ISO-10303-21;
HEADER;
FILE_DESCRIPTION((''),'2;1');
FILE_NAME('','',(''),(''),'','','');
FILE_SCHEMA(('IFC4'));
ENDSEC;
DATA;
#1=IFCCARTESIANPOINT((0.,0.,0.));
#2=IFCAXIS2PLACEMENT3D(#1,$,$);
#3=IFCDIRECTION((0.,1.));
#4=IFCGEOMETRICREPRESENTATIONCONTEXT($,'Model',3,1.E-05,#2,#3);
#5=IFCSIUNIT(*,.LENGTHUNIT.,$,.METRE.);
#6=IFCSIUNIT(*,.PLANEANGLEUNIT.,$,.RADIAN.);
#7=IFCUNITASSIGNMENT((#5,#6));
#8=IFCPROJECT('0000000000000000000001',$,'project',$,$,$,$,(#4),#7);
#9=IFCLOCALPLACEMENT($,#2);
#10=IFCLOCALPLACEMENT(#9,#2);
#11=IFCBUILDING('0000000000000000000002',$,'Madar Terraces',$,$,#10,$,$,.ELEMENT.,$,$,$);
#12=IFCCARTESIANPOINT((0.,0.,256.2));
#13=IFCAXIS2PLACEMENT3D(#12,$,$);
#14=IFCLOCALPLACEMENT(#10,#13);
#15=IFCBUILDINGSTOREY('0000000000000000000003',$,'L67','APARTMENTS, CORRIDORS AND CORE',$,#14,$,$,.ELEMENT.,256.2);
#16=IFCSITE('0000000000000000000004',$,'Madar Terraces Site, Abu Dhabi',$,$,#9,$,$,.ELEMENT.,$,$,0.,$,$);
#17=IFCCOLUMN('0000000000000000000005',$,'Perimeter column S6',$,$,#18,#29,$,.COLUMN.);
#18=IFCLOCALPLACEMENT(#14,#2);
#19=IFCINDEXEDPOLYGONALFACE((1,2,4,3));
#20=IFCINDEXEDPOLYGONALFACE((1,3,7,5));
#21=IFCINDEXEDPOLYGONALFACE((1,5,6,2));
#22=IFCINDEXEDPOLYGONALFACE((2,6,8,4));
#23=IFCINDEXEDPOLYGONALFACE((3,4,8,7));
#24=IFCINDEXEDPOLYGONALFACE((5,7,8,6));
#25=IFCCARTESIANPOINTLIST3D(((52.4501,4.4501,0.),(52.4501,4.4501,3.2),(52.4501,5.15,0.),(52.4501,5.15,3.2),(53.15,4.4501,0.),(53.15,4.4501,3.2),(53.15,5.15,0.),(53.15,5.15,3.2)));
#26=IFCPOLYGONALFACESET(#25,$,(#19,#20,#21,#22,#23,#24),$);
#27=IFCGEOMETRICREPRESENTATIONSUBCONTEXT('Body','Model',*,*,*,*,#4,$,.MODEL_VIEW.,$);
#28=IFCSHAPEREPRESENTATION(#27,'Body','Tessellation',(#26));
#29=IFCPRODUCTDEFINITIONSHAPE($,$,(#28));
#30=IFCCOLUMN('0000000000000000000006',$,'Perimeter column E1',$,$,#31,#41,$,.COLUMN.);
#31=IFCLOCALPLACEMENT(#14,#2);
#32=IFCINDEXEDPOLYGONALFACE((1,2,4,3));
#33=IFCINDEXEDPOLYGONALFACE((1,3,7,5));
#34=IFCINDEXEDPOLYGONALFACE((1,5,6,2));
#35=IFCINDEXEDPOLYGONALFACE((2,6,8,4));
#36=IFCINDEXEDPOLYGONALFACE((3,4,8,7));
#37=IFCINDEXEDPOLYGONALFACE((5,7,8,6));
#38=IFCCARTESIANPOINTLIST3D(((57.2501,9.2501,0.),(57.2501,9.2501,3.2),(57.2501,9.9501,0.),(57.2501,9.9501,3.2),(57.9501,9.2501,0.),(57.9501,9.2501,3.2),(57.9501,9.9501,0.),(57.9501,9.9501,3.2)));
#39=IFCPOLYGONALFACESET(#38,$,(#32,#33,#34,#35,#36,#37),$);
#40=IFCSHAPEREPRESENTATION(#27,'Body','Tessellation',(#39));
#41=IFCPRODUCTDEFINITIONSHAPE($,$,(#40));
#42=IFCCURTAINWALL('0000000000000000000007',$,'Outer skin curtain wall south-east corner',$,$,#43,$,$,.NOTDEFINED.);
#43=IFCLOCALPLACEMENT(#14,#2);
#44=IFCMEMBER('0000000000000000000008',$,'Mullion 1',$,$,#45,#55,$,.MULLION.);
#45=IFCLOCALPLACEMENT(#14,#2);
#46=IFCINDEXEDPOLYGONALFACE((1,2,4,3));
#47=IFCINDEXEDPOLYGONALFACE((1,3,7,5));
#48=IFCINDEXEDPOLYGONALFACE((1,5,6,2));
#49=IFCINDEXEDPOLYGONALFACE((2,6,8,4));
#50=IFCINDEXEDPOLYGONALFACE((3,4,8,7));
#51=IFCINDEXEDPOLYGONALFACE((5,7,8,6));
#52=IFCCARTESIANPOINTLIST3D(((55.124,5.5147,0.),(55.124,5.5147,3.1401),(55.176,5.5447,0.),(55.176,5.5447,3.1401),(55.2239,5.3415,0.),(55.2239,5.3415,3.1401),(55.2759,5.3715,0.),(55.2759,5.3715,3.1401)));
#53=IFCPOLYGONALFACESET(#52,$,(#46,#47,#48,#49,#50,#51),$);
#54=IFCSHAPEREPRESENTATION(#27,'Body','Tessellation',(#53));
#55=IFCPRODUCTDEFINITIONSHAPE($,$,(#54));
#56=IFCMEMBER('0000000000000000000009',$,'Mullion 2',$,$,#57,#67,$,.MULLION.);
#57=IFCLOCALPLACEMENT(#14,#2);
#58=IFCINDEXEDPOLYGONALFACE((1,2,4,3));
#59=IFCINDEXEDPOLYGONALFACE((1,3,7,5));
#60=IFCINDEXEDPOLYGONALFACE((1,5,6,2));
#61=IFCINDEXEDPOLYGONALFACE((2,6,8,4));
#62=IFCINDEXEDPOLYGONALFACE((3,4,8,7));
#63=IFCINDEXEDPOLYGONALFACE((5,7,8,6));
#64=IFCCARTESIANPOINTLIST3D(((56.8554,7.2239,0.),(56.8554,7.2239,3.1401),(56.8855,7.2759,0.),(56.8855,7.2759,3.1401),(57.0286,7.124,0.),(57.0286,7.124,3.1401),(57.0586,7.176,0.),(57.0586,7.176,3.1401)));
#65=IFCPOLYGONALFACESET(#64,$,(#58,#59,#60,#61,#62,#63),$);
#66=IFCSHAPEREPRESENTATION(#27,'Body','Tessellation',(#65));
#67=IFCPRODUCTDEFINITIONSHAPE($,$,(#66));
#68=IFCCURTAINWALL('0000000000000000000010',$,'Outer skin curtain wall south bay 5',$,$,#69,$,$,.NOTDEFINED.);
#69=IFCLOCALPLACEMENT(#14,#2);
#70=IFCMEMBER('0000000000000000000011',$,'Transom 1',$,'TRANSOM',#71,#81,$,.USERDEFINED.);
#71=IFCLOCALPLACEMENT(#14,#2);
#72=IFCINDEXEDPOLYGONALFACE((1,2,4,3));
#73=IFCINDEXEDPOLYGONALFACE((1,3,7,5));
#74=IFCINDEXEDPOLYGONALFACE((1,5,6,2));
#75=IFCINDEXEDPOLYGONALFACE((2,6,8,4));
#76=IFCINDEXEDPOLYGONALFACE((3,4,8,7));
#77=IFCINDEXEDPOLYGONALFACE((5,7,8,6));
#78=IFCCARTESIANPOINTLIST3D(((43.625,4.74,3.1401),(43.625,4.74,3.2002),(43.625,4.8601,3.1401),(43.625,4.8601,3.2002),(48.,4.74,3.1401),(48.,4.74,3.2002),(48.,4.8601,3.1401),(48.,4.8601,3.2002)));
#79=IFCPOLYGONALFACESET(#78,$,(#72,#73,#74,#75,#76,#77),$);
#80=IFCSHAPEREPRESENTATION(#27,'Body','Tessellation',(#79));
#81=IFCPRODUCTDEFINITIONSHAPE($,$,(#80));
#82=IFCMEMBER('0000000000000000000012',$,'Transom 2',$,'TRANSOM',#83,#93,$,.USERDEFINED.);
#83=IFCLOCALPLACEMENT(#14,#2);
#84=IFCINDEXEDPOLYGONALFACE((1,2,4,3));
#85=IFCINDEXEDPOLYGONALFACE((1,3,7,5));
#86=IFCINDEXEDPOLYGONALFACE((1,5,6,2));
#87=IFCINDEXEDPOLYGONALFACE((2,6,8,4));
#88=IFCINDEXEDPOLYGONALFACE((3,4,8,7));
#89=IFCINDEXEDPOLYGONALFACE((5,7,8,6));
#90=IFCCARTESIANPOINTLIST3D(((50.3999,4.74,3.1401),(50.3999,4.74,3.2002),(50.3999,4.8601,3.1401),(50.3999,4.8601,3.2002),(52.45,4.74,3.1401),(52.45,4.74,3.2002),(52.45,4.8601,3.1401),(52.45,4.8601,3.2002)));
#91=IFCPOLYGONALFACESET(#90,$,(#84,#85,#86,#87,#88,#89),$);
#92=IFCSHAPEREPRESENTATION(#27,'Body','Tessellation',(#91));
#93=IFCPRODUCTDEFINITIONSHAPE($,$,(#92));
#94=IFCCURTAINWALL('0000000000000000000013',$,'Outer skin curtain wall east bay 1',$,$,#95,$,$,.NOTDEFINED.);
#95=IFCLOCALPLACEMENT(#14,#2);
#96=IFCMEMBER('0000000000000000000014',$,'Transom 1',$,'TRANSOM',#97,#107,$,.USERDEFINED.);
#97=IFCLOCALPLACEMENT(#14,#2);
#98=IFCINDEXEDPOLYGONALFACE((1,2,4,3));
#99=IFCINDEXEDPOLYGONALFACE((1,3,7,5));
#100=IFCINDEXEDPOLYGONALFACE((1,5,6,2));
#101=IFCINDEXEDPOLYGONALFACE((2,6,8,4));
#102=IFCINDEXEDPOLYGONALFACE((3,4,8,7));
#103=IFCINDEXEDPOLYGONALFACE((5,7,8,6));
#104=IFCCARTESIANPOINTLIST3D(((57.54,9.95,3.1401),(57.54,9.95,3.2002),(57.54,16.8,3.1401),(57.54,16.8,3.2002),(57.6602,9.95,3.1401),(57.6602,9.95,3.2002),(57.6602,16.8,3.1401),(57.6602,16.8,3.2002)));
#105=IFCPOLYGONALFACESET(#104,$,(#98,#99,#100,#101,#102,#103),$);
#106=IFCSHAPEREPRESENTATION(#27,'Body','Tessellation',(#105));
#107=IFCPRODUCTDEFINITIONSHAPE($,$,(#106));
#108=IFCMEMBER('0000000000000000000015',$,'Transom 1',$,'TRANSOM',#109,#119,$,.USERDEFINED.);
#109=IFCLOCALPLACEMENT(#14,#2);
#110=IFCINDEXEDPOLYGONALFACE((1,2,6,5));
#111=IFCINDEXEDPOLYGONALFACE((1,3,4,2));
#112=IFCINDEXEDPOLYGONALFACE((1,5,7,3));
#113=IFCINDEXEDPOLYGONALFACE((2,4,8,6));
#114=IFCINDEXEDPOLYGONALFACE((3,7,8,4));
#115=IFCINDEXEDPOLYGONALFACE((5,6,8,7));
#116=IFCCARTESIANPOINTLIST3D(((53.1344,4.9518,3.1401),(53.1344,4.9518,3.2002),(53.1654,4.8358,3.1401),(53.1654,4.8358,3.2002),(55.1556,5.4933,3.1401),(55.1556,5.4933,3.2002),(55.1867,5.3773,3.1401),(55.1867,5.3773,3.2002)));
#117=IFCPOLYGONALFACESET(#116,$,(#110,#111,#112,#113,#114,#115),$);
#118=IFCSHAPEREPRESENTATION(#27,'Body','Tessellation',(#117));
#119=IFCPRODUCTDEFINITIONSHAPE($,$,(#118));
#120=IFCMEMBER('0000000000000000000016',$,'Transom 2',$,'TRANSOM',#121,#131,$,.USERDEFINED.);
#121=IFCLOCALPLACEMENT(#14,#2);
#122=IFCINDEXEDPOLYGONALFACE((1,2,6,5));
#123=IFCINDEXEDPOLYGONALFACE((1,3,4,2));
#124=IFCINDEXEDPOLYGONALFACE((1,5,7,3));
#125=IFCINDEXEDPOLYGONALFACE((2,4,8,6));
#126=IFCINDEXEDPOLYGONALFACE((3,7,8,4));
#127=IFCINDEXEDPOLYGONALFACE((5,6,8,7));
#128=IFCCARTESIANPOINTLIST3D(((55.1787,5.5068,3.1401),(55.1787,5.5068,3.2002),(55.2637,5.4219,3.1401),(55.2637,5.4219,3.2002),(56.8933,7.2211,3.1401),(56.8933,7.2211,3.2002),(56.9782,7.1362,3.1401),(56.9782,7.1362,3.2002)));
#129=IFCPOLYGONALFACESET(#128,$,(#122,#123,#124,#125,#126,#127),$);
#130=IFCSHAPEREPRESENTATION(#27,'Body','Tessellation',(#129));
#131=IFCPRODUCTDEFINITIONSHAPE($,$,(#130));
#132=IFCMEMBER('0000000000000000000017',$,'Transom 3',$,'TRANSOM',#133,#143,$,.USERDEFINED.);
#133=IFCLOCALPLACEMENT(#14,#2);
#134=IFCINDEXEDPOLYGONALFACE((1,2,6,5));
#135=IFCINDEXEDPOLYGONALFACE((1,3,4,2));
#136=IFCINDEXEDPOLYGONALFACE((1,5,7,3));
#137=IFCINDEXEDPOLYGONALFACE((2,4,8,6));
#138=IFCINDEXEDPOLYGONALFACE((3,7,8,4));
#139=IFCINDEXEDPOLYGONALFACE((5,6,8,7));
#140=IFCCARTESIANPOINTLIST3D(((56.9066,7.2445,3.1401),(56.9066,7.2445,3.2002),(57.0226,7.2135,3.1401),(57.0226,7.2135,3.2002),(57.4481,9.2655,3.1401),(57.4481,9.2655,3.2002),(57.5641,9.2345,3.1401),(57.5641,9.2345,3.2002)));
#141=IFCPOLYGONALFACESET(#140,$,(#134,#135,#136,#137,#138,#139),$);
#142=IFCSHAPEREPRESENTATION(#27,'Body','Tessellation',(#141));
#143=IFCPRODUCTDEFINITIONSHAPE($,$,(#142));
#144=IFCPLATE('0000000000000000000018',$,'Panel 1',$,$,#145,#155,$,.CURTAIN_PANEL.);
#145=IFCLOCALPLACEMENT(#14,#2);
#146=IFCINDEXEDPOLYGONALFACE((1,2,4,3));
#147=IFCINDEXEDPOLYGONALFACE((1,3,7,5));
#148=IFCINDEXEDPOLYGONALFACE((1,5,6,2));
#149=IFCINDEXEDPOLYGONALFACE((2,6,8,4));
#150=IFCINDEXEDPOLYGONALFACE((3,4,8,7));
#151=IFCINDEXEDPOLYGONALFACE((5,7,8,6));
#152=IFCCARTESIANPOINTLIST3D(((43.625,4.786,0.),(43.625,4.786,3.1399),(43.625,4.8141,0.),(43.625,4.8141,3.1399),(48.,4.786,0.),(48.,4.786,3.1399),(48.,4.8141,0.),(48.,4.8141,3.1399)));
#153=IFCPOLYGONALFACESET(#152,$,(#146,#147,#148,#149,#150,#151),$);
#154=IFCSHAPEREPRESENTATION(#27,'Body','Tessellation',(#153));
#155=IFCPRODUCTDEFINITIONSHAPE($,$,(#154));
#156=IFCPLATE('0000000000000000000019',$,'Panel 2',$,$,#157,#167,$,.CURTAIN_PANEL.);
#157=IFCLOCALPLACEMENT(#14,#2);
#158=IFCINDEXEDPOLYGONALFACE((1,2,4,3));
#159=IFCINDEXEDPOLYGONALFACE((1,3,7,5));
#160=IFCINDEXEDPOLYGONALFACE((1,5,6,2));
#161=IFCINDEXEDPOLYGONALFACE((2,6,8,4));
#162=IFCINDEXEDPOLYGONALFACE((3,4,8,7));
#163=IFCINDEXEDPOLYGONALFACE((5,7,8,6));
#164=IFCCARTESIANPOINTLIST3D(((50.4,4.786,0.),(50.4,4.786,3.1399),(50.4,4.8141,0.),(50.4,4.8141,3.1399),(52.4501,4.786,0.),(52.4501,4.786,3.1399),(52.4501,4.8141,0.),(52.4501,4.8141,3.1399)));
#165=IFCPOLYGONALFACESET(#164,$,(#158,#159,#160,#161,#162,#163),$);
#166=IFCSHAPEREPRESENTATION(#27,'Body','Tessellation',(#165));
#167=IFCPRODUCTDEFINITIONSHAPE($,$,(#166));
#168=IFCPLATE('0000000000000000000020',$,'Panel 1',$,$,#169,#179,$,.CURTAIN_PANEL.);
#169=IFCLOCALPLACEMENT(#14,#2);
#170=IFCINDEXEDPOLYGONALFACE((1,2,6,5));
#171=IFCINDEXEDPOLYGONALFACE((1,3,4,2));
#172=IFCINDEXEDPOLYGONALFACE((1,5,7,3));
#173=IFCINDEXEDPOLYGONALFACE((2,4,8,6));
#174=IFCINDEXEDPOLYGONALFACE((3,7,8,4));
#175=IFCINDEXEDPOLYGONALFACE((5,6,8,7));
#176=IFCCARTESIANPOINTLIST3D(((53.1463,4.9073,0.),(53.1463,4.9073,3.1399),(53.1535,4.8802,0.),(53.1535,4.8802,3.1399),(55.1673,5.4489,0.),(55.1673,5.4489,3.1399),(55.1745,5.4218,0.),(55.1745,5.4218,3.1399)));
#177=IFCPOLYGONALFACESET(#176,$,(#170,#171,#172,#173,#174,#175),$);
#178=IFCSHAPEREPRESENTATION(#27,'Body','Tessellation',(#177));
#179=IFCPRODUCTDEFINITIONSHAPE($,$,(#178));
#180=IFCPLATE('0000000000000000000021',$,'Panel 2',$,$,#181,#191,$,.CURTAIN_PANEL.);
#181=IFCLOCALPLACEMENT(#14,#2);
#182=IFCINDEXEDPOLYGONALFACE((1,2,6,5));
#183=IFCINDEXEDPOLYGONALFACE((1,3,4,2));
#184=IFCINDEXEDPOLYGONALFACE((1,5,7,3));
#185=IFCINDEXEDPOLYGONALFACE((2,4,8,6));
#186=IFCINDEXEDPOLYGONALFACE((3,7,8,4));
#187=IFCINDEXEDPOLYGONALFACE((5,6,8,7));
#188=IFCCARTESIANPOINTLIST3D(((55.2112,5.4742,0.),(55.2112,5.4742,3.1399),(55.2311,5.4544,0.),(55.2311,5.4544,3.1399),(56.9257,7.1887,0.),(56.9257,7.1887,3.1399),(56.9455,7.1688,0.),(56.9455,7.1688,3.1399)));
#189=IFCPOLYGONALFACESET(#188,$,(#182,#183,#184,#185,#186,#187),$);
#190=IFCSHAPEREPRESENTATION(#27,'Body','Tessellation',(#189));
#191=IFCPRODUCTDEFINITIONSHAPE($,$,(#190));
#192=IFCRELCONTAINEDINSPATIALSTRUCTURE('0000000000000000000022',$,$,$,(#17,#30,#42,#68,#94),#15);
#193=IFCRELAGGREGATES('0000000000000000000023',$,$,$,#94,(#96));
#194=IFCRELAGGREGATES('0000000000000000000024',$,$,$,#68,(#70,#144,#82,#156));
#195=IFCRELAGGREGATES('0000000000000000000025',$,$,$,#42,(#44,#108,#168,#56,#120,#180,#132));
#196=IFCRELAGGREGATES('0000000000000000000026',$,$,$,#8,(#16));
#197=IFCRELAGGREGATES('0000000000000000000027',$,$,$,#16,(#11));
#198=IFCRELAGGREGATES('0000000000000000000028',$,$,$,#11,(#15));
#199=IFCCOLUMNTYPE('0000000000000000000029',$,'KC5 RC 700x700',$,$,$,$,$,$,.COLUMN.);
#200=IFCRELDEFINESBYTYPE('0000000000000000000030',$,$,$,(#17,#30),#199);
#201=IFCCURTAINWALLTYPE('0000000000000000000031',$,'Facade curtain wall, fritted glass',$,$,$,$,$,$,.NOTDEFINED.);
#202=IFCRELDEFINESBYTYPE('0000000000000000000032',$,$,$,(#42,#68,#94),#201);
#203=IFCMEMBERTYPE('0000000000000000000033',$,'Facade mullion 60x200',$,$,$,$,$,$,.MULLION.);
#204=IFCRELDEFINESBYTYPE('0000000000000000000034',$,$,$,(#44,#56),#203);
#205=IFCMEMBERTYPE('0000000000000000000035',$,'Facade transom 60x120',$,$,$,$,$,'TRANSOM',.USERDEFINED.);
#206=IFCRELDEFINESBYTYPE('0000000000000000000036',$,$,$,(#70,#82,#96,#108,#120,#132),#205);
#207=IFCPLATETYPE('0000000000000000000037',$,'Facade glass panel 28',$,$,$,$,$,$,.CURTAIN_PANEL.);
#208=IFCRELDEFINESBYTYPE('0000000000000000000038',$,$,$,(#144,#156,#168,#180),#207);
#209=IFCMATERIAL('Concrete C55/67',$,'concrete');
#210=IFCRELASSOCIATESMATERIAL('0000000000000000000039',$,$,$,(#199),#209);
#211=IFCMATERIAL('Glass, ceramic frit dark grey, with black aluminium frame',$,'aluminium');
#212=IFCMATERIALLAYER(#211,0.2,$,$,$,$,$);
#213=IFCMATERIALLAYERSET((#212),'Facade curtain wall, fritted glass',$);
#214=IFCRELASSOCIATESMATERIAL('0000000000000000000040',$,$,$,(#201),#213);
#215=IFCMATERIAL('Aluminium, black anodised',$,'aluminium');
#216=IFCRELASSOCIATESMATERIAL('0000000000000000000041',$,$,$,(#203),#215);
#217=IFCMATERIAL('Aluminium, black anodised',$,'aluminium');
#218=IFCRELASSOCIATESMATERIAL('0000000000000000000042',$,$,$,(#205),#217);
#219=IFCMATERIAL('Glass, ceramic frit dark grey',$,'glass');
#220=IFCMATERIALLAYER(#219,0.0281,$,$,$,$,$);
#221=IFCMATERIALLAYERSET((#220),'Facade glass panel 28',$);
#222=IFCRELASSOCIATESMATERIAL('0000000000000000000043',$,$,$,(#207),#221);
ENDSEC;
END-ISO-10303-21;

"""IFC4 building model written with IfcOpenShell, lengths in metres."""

from ifc_helpers import new_model, si_unit, direction, frame, origin, origin_2d, place, context, subcontext, project, spatial, rectangle, extrude, material, layer, layer_set, material_profile, profile_set, type_object, element, aggregate, save


model = new_model("IFC4")

# Units and contexts
model_context = context("Model", 3, precision=1e-05, world=origin(), true_north=direction((0.0, 1.0)))
body_context = subcontext(model_context, "Body", "Model", "MODEL_VIEW")
ifc_project = project(units=[si_unit("LENGTHUNIT", "METRE"), si_unit("PLANEANGLEUNIT", "RADIAN")], contexts=[model_context])

# Site, building, storey
site_placement = place(None, origin())
site = spatial("IfcSite", under=ifc_project, at=site_placement, Name="Madar Terraces Site, Abu Dhabi", CompositionType="ELEMENT", RefElevation=0.0)
building_placement = place(site_placement, origin())
building = spatial("IfcBuilding", under=site, at=building_placement, Name="Madar Terraces", CompositionType="ELEMENT")
storey_placement = place(building_placement, frame((0.0, 0.0, 256.2)))
storey = spatial("IfcBuildingStorey", under=building, at=storey_placement, Name="L67", Description="APARTMENTS, CORRIDORS AND CORE", CompositionType="ELEMENT", Elevation=256.2)

# Columns
ifc_material_1 = material(Name="Concrete C55/67", Category="concrete")
ifc_material_profile_1 = material_profile(ifc_material_1, rectangle(XDim=0.7, YDim=0.7, at=origin_2d()), Name="KC5 RC 700x700")
ifc_profile_set_1 = profile_set([ifc_material_profile_1], Name="Concrete C55/67")
column_type = type_object("IfcColumnType", Name="KC5 RC 700x700", PredefinedType="COLUMN", material=ifc_profile_set_1)
for number, where, z_axis, x_axis, name in (
    (1, (52.8, 4.8, 0.0), (0.0, 0.0, 1.0), (1.0, 0.0, 0.0), "Perimeter column S6"),
    (2, (57.6001, 9.6001, 0.0), (0.0, 0.0, 1.0), (1.0, 0.0, 0.0), "Perimeter column E1"),
):
    element("IfcColumn", number, at=place(storey_placement, frame(where, z_axis=z_axis, x_axis=x_axis)), inside=storey, type_object=column_type, Name=name, PredefinedType="COLUMN", context=body_context, shape_type="SweptSolid", body=[
        extrude(rectangle(XDim=0.7, YDim=0.7, at=origin_2d()), origin(), (0.0, 0.0, 1.0), 3.2),
    ])

# Curtain walls, members
ifc_material_2 = material(Name="Glass, ceramic frit dark grey, with black aluminium frame", Category="aluminium")
ifc_layer_1 = layer(ifc_material_2, 0.2)
ifc_layer_set_1 = layer_set([ifc_layer_1], Name="Facade curtain wall, fritted glass")
curtain_wall_type = type_object("IfcCurtainWallType", Name="Facade curtain wall, fritted glass", PredefinedType="NOTDEFINED", material=ifc_layer_set_1)
curtain_wall_1_placement = place(storey_placement, origin())
curtain_wall_1 = element("IfcCurtainWall", 3, at=curtain_wall_1_placement, inside=storey, type_object=curtain_wall_type, Name="Outer skin curtain wall south-east corner", PredefinedType="NOTDEFINED")
ifc_material_3 = material(Name="Aluminium, black anodised", Category="aluminium")
ifc_material_profile_2 = material_profile(ifc_material_3, rectangle(XDim=0.2, YDim=0.0601, at=origin_2d()), Name="Facade mullion 60x200")
ifc_profile_set_2 = profile_set([ifc_material_profile_2], Name="Aluminium, black anodised")
member_type_1 = type_object("IfcMemberType", Name="Facade mullion 60x200", PredefinedType="MULLION", material=ifc_profile_set_2)
member_1_placement = place(storey_placement, frame((55.2, 5.4431, 0.0), z_axis=(0.0, 0.0, 1.0), x_axis=(-0.5, 0.866025, 0.0)))
member_1 = element("IfcMember", 4, at=member_1_placement, type_object=member_type_1, Name="Mullion 1", PredefinedType="MULLION", context=body_context, shape_type="SweptSolid", body=[
    extrude(rectangle(XDim=0.2, YDim=0.0601, at=origin_2d()), origin(), (0.0, 0.0, 1.0), 3.1401),
])
member_2_placement = place(storey_placement, frame((56.957, 7.2, 0.0), z_axis=(0.0, 0.0, 1.0), x_axis=(-0.866025, 0.5, 0.0)))
member_2 = element("IfcMember", 5, at=member_2_placement, type_object=member_type_1, Name="Mullion 2", PredefinedType="MULLION", context=body_context, shape_type="SweptSolid", body=[
    extrude(rectangle(XDim=0.2, YDim=0.0601, at=origin_2d()), origin(), (0.0, 0.0, 1.0), 3.1401),
])
curtain_wall_2_placement = place(storey_placement, origin())
curtain_wall_2 = element("IfcCurtainWall", 6, at=curtain_wall_2_placement, inside=storey, type_object=curtain_wall_type, Name="Outer skin curtain wall south bay 5", PredefinedType="NOTDEFINED")
ifc_material_4 = material(Name="Aluminium, black anodised", Category="aluminium")
ifc_material_profile_3 = material_profile(ifc_material_4, rectangle(XDim=0.1201, YDim=0.0601, at=origin_2d()), Name="Facade transom 60x120")
ifc_profile_set_3 = profile_set([ifc_material_profile_3], Name="Aluminium, black anodised")
member_type_2 = type_object("IfcMemberType", Name="Facade transom 60x120", ElementType="TRANSOM", PredefinedType="USERDEFINED", material=ifc_profile_set_3)
member_3_placement = place(storey_placement, frame((43.625, 4.8, 3.1702), z_axis=(1.0, 0.0, 0.0), x_axis=(0.0, 1.0, 0.0)))
member_3 = element("IfcMember", 7, at=member_3_placement, type_object=member_type_2, Name="Transom 1", ObjectType="TRANSOM", PredefinedType="USERDEFINED", context=body_context, shape_type="SweptSolid", body=[
    extrude(rectangle(XDim=0.1201, YDim=0.0601, at=origin_2d()), origin(), (0.0, 0.0, 1.0), 4.375),
])
member_4_placement = place(storey_placement, frame((50.3999, 4.8, 3.1702), z_axis=(1.0, 0.0, 0.0), x_axis=(0.0, 1.0, 0.0)))
member_4 = element("IfcMember", 8, at=member_4_placement, type_object=member_type_2, Name="Transom 2", ObjectType="TRANSOM", PredefinedType="USERDEFINED", context=body_context, shape_type="SweptSolid", body=[
    extrude(rectangle(XDim=0.1201, YDim=0.0601, at=origin_2d()), origin(), (0.0, 0.0, 1.0), 2.05),
])

# Curtain wall, member
curtain_wall_3_placement = place(storey_placement, origin())
curtain_wall_3 = element("IfcCurtainWall", 9, at=curtain_wall_3_placement, inside=storey, type_object=curtain_wall_type, Name="Outer skin curtain wall east bay 1", PredefinedType="NOTDEFINED")
member_5_placement = place(storey_placement, frame((57.6001, 9.95, 3.1702), z_axis=(0.0, 1.0, 0.0), x_axis=(-1.0, 0.0, 0.0)))
member_5 = element("IfcMember", 10, at=member_5_placement, type_object=member_type_2, Name="Transom 1", ObjectType="TRANSOM", PredefinedType="USERDEFINED", context=body_context, shape_type="SweptSolid", body=[
    extrude(rectangle(XDim=0.1201, YDim=0.0601, at=origin_2d()), origin(), (0.0, 0.0, 1.0), 6.8501),
])
aggregate(curtain_wall_3, [member_5])

# Members
member_6_placement = place(storey_placement, frame((53.1499, 4.8938, 3.1702), z_axis=(0.965936, 0.258781, 0.0), x_axis=(-0.258781, 0.965936, 0.0)))
member_6 = element("IfcMember", 11, at=member_6_placement, type_object=member_type_2, Name="Transom 1", ObjectType="TRANSOM", PredefinedType="USERDEFINED", context=body_context, shape_type="SweptSolid", body=[
    extrude(rectangle(XDim=0.1201, YDim=0.0601, at=origin_2d()), origin(), (0.0, 0.0, 1.0), 2.0925),
])
member_7_placement = place(storey_placement, frame((55.2212, 5.4644, 3.1702), z_axis=(0.707157, 0.707056, 0.0), x_axis=(-0.707056, 0.707157, 0.0)))
member_7 = element("IfcMember", 12, at=member_7_placement, type_object=member_type_2, Name="Transom 2", ObjectType="TRANSOM", PredefinedType="USERDEFINED", context=body_context, shape_type="SweptSolid", body=[
    extrude(rectangle(XDim=0.1201, YDim=0.0601, at=origin_2d()), origin(), (0.0, 0.0, 1.0), 2.4246),
])
member_8_placement = place(storey_placement, frame((56.9646, 7.229, 3.1702), z_axis=(0.25881, 0.965928, 0.0), x_axis=(-0.965928, 0.25881, 0.0)))
member_8 = element("IfcMember", 13, at=member_8_placement, type_object=member_type_2, Name="Transom 3", ObjectType="TRANSOM", PredefinedType="USERDEFINED", context=body_context, shape_type="SweptSolid", body=[
    extrude(rectangle(XDim=0.1201, YDim=0.0601, at=origin_2d()), origin(), (0.0, 0.0, 1.0), 2.0923),
])

# Plates
ifc_material_5 = material(Name="Glass, ceramic frit dark grey", Category="glass")
ifc_layer_2 = layer(ifc_material_5, 0.0281)
ifc_layer_set_2 = layer_set([ifc_layer_2], Name="Facade glass panel 28")
plate_type = type_object("IfcPlateType", Name="Facade glass panel 28", PredefinedType="CURTAIN_PANEL", material=ifc_layer_set_2)
plate_1_placement = place(storey_placement, frame((45.8125, 4.8, 0.0), z_axis=(0.0, 0.0, 1.0), x_axis=(1.0, 0.0, 0.0)))
plate_1 = element("IfcPlate", 14, at=plate_1_placement, type_object=plate_type, Name="Panel 1", PredefinedType="CURTAIN_PANEL", context=body_context, shape_type="SweptSolid", body=[
    extrude(rectangle(XDim=4.375, YDim=0.0281, at=origin_2d()), origin(), (0.0, 0.0, 1.0), 3.1399),
])
plate_2_placement = place(storey_placement, frame((51.425, 4.8, 0.0), z_axis=(0.0, 0.0, 1.0), x_axis=(1.0, 0.0, 0.0)))
plate_2 = element("IfcPlate", 15, at=plate_2_placement, type_object=plate_type, Name="Panel 2", PredefinedType="CURTAIN_PANEL", context=body_context, shape_type="SweptSolid", body=[
    extrude(rectangle(XDim=2.05, YDim=0.0281, at=origin_2d()), origin(), (0.0, 0.0, 1.0), 3.1399),
])
aggregate(curtain_wall_2, [member_3, plate_1, member_4, plate_2])
plate_3_placement = place(storey_placement, frame((54.1604, 5.1646, 0.0), z_axis=(0.0, 0.0, 1.0), x_axis=(0.965926, 0.258819, 0.0)))
plate_3 = element("IfcPlate", 16, at=plate_3_placement, type_object=plate_type, Name="Panel 1", PredefinedType="CURTAIN_PANEL", context=body_context, shape_type="SweptSolid", body=[
    extrude(rectangle(XDim=2.0923, YDim=0.0281, at=origin_2d()), origin(), (0.0, 0.0, 1.0), 3.1399),
])
plate_4_placement = place(storey_placement, frame((56.0784, 6.3215, 0.0), z_axis=(0.0, 0.0, 1.0), x_axis=(0.707107, 0.707107, 0.0)))
plate_4 = element("IfcPlate", 17, at=plate_4_placement, type_object=plate_type, Name="Panel 2", PredefinedType="CURTAIN_PANEL", context=body_context, shape_type="SweptSolid", body=[
    extrude(rectangle(XDim=2.4246, YDim=0.0281, at=origin_2d()), origin(), (0.0, 0.0, 1.0), 3.1399),
])
aggregate(curtain_wall_1, [member_1, member_6, plate_3, member_2, member_7, plate_4, member_8])

save(model, "model.ifc")
